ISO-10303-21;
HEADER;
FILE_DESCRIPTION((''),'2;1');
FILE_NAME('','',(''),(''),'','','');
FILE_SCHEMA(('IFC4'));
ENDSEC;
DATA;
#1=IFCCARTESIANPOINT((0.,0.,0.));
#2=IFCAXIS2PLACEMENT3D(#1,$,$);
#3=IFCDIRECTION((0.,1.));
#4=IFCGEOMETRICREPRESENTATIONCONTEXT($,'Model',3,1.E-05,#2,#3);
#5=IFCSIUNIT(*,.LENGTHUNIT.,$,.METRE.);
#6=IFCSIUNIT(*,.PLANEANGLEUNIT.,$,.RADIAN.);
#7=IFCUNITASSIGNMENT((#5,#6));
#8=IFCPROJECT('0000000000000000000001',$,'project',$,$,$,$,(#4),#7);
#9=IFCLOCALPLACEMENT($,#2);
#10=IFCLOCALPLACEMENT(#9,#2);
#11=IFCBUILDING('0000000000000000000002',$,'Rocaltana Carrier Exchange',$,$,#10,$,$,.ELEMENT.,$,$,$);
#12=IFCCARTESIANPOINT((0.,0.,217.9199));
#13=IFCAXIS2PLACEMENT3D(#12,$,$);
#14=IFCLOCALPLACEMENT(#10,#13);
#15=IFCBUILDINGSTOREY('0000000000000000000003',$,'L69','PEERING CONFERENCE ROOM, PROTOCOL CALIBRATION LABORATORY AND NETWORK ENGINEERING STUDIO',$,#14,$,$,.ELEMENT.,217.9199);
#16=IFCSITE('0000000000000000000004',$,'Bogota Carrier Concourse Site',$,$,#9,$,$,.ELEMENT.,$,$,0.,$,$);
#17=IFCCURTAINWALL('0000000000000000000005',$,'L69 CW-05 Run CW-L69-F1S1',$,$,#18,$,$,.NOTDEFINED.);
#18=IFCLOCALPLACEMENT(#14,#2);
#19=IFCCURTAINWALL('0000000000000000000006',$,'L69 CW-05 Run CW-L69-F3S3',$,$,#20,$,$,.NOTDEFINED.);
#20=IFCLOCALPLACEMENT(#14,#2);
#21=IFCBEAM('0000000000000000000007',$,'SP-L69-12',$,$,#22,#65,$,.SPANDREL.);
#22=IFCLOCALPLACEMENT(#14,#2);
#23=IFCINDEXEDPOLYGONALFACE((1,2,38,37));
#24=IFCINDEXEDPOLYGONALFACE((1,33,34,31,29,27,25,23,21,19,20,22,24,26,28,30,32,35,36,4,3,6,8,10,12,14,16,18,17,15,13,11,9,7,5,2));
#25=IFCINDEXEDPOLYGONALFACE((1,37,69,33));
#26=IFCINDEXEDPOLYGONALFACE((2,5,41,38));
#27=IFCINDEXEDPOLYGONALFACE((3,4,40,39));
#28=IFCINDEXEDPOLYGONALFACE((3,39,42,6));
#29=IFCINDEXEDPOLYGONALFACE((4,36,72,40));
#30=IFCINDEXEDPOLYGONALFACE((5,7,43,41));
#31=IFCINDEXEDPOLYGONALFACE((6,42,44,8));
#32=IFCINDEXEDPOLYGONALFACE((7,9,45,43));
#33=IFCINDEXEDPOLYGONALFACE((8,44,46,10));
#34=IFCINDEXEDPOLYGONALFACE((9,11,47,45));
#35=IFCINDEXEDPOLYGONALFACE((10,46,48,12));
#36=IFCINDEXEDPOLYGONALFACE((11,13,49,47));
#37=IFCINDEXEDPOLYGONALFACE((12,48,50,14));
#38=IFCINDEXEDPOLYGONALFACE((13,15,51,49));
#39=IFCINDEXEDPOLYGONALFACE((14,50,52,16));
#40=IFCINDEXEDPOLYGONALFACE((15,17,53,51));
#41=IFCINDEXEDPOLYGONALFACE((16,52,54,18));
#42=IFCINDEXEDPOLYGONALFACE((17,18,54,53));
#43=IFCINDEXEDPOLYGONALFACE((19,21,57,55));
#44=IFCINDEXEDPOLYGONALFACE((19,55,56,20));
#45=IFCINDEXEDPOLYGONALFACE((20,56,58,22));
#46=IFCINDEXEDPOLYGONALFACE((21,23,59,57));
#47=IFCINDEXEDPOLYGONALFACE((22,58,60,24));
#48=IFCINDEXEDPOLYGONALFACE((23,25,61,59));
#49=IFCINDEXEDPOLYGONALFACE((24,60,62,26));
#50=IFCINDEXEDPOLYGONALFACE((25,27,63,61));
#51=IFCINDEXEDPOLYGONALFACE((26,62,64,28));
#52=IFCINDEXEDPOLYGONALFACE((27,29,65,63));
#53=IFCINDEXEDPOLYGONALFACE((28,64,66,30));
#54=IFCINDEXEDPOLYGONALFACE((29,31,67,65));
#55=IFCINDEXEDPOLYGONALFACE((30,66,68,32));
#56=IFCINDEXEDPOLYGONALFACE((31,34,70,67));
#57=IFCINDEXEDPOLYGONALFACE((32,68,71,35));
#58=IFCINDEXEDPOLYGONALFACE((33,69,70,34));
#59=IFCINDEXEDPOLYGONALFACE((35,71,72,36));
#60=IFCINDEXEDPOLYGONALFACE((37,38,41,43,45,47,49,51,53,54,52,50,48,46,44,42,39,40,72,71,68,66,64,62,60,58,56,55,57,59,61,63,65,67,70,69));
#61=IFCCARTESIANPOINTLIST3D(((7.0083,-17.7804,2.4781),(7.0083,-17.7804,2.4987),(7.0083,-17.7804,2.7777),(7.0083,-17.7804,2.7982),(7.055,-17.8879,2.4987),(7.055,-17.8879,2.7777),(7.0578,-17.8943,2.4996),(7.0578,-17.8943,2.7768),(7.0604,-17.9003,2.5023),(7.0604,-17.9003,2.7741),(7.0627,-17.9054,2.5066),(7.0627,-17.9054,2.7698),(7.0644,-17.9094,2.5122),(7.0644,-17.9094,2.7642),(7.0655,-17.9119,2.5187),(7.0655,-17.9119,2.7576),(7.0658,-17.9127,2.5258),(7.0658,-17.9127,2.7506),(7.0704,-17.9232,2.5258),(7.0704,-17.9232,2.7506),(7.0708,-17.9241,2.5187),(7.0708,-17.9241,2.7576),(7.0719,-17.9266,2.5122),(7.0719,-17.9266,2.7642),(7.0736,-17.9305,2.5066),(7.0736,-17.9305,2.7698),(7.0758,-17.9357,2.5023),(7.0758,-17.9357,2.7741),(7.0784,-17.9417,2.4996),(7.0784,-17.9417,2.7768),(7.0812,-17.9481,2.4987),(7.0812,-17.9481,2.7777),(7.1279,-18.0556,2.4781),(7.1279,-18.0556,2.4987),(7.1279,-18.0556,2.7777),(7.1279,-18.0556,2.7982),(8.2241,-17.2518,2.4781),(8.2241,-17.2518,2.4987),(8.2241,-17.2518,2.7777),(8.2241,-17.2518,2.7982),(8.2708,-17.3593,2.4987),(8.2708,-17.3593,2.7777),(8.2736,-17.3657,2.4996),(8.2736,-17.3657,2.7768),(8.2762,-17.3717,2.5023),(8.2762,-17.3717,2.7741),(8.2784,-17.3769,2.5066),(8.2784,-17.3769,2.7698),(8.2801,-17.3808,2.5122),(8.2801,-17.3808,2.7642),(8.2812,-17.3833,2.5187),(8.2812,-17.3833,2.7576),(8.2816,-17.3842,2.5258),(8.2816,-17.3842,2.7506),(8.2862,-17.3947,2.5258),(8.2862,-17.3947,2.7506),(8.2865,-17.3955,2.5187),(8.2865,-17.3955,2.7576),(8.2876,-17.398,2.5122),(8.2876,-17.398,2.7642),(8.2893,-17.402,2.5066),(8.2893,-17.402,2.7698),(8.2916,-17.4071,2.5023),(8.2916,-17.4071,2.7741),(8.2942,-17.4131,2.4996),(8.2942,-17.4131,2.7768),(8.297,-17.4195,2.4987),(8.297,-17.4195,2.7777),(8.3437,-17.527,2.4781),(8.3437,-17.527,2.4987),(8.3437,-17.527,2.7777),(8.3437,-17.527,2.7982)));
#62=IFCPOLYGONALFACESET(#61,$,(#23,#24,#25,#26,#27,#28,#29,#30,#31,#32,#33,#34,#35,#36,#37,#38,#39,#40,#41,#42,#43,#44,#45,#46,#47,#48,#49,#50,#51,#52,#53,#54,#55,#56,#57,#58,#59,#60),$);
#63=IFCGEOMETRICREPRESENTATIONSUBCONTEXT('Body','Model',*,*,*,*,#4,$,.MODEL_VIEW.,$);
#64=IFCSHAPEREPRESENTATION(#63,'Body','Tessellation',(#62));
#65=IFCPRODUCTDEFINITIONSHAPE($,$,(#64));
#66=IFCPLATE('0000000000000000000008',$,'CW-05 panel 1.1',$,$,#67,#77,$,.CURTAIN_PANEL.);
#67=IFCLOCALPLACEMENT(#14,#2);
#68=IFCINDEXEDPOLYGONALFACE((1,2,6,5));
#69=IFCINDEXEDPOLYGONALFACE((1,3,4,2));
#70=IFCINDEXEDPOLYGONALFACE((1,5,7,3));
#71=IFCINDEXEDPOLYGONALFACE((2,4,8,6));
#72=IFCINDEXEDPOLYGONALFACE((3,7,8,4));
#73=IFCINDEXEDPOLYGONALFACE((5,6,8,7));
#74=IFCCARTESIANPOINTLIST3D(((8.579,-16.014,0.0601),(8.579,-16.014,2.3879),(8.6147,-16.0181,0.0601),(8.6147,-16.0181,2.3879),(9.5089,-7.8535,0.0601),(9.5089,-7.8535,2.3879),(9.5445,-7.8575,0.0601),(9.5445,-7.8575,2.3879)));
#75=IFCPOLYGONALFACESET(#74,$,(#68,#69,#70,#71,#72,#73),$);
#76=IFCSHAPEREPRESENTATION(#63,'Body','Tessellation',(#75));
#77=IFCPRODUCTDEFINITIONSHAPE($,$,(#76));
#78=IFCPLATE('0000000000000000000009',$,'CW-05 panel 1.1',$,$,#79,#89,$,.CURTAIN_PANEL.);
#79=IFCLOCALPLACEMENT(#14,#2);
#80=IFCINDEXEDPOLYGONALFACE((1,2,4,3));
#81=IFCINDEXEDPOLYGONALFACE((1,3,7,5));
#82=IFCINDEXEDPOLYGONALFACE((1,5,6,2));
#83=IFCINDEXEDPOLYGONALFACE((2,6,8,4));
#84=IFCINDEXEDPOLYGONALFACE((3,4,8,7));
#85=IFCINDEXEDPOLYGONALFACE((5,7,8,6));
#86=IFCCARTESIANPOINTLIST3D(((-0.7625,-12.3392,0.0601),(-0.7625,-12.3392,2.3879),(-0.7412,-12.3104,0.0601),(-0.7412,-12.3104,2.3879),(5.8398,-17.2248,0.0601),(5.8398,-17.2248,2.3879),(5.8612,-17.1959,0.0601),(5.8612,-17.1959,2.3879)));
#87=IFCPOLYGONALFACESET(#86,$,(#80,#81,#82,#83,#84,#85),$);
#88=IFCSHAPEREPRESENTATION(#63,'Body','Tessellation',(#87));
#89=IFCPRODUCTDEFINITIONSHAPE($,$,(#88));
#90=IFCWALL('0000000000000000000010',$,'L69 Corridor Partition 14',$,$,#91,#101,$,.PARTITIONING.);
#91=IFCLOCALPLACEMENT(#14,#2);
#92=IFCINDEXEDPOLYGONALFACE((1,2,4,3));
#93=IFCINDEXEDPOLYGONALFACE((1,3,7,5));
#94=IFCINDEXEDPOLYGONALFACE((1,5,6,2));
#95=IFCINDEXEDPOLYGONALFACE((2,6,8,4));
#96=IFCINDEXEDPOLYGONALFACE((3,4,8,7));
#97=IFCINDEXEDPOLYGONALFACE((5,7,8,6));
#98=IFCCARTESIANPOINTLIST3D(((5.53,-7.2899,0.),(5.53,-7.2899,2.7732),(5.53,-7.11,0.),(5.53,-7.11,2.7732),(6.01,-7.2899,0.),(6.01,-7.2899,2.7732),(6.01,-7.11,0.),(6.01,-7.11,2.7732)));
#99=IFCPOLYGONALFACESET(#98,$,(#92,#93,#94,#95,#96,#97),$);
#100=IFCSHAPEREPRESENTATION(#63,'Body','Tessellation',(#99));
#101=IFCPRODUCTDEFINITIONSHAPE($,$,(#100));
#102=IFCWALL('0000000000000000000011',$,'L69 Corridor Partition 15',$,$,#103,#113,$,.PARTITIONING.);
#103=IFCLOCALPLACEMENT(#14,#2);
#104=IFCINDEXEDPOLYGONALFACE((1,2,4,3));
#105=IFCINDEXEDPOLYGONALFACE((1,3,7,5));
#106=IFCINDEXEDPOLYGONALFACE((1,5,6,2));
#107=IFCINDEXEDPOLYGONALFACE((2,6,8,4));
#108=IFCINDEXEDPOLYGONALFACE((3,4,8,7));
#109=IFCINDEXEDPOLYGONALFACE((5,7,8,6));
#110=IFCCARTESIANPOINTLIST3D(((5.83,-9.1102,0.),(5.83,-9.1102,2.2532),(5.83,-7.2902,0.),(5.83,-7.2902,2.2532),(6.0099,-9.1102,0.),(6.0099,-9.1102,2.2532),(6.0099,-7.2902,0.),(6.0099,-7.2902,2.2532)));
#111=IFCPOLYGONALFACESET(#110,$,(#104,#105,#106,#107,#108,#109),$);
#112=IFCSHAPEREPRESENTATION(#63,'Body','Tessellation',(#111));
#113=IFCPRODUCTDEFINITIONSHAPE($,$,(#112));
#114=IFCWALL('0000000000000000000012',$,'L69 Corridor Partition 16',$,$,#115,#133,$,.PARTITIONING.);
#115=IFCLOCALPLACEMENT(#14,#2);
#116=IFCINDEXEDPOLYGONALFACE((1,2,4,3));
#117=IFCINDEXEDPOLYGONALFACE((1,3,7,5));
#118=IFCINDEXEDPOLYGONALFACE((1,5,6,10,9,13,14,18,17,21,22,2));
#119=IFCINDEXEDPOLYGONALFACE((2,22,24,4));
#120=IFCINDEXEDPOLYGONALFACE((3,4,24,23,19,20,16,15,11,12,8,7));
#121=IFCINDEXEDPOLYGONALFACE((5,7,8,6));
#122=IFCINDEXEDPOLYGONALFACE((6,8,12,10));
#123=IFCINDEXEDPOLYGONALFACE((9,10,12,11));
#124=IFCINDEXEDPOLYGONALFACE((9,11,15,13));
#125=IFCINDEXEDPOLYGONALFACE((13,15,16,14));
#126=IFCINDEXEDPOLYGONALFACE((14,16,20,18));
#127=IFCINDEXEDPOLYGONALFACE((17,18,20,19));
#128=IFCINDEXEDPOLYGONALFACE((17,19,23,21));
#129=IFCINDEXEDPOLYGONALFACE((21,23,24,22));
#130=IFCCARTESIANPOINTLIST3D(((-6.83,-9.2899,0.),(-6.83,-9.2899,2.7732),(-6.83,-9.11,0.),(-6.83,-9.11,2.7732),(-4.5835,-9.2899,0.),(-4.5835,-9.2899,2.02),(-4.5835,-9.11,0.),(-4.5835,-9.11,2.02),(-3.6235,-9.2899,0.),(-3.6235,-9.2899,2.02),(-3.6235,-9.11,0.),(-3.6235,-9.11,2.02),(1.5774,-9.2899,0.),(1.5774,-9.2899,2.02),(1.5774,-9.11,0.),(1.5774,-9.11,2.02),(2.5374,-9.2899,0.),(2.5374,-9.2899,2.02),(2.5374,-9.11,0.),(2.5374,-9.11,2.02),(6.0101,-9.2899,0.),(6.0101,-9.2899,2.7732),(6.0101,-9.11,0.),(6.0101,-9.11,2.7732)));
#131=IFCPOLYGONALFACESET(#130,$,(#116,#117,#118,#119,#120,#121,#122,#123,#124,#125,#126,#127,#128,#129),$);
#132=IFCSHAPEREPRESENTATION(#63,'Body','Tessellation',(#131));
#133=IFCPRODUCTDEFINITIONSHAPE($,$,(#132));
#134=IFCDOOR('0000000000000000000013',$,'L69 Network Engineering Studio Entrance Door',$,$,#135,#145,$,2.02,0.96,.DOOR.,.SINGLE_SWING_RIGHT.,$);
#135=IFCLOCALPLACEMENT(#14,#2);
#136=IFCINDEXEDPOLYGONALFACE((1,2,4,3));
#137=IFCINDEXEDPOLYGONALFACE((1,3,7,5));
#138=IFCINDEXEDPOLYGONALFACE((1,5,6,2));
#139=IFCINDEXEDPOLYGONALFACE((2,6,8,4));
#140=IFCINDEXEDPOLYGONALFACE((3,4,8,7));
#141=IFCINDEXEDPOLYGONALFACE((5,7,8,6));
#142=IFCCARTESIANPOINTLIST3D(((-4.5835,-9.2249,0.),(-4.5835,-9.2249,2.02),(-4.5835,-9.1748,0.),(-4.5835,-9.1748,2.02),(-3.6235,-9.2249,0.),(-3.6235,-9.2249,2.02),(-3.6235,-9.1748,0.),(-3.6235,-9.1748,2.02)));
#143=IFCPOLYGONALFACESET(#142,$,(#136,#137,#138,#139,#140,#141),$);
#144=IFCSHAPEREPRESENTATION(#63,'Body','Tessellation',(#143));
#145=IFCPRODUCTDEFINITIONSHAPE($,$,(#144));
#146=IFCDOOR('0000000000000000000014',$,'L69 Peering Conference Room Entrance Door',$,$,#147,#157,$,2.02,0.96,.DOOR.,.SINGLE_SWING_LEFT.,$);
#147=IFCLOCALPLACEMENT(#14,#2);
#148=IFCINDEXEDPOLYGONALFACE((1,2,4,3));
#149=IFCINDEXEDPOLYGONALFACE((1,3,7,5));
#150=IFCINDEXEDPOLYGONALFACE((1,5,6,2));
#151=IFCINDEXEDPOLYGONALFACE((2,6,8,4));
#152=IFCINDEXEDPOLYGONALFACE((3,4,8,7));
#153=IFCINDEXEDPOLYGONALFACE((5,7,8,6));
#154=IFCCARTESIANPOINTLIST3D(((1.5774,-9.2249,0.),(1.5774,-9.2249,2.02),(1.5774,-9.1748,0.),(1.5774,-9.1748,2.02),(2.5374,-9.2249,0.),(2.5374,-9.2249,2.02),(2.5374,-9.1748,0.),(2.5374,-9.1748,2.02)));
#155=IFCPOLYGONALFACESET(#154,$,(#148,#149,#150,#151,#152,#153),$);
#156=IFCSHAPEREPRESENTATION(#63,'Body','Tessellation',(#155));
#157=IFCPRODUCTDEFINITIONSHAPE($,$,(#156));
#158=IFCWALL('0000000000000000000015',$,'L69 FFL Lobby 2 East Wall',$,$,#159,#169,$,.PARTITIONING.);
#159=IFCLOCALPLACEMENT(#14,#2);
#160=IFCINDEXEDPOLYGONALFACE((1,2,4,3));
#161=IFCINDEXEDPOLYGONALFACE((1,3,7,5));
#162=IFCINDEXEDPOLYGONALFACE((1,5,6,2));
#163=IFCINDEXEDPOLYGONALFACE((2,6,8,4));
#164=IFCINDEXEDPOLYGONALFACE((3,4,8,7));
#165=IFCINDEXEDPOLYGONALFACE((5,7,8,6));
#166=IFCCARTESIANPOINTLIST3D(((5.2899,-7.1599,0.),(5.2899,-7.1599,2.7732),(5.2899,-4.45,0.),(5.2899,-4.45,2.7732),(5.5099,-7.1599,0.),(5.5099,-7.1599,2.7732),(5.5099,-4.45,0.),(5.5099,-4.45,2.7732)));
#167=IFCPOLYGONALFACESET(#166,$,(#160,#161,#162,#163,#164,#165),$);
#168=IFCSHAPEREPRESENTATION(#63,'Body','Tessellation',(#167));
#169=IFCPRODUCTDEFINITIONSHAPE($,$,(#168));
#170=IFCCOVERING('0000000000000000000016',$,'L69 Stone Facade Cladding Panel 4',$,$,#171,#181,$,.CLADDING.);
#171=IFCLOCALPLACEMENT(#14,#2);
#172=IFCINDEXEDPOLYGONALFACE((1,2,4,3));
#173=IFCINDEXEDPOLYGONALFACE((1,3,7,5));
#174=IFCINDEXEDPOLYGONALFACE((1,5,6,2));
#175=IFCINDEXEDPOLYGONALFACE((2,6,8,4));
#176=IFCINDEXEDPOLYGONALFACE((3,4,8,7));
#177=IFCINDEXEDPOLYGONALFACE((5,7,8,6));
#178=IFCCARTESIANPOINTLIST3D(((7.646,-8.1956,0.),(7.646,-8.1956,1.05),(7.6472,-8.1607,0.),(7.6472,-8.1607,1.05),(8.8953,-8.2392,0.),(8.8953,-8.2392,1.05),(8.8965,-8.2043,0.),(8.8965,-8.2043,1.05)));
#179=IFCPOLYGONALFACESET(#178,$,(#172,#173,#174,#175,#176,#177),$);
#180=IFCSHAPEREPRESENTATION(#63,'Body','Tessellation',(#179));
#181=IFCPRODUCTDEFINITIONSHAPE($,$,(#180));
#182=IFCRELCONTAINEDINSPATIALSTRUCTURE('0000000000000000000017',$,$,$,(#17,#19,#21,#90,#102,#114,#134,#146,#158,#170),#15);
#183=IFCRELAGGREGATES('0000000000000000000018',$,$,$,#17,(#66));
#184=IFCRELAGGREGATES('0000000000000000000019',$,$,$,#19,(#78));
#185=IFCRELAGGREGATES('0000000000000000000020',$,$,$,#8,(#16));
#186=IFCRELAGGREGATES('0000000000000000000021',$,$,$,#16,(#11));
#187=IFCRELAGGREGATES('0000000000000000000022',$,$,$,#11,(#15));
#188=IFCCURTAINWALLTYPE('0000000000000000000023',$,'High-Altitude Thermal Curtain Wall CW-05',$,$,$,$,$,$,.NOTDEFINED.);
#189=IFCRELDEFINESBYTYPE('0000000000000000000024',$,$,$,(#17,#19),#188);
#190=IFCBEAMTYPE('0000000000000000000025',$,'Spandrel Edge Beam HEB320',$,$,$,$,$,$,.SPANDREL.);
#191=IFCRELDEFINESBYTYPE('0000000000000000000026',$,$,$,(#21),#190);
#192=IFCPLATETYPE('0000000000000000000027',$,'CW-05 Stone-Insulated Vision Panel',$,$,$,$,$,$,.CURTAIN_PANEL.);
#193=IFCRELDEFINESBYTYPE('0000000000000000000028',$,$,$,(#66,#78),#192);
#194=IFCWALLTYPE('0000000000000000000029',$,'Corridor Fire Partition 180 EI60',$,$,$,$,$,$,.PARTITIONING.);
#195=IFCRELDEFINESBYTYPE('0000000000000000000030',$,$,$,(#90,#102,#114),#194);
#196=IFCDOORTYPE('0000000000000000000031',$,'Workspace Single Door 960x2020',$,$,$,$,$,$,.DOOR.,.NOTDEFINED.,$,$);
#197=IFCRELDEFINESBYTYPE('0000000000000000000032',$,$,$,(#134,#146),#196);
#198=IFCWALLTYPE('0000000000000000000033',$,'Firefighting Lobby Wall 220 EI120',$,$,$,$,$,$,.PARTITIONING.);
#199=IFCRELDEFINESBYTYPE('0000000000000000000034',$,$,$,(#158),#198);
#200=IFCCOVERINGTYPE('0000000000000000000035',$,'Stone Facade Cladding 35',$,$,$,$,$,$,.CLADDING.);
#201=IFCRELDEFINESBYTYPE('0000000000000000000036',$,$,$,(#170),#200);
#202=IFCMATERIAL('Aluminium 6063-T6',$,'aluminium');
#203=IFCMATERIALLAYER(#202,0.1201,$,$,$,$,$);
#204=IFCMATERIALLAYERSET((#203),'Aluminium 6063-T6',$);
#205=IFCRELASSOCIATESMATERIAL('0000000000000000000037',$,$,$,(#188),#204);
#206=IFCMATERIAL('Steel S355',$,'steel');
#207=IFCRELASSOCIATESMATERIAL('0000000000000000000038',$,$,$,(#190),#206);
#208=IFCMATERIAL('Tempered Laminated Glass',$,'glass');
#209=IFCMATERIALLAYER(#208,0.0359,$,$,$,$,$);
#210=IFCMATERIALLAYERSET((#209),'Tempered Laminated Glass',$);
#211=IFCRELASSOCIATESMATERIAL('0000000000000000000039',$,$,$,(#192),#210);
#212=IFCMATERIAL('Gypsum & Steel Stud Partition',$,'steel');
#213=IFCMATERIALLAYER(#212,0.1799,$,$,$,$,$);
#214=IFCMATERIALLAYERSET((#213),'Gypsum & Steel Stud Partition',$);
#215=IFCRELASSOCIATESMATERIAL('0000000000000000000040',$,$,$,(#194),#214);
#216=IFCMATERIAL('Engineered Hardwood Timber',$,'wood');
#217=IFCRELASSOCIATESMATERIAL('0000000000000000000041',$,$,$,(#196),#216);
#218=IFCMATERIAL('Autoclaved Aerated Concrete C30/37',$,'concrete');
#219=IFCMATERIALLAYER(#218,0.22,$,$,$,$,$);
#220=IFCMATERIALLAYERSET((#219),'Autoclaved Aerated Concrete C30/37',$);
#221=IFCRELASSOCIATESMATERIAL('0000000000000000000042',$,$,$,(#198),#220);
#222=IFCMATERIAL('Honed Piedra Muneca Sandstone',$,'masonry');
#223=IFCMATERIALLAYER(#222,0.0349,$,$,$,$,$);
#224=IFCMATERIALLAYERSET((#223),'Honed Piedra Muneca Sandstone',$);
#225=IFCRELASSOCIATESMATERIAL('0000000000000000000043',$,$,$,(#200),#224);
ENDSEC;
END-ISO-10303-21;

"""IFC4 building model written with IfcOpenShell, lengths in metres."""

from ifc_helpers import new_model, si_unit, direction, frame, frame_2d, origin, origin_2d, place, context, subcontext, project, spatial, rectangle, i_section, extrude, material, layer, layer_set, material_profile, profile_set, type_object, element, fill, aggregate, save


model = new_model("IFC4")

# Units and contexts
model_context = context("Model", 3, precision=1e-05, world=origin(), true_north=direction((0.0, 1.0)))
body_context = subcontext(model_context, "Body", "Model", "MODEL_VIEW")
ifc_project = project(units=[si_unit("LENGTHUNIT", "METRE"), si_unit("PLANEANGLEUNIT", "RADIAN")], contexts=[model_context])

# Site, building, storey
site_placement = place(None, origin())
site = spatial("IfcSite", under=ifc_project, at=site_placement, Name="Bogota Carrier Concourse Site", CompositionType="ELEMENT", RefElevation=0.0)
building_placement = place(site_placement, origin())
building = spatial("IfcBuilding", under=site, at=building_placement, Name="Rocaltana Carrier Exchange", CompositionType="ELEMENT")
storey_placement = place(building_placement, frame((0.0, 0.0, 217.9199)))
storey = spatial("IfcBuildingStorey", under=building, at=storey_placement, Name="L69", Description="PEERING CONFERENCE ROOM, PROTOCOL CALIBRATION LABORATORY AND NETWORK ENGINEERING STUDIO", CompositionType="ELEMENT", Elevation=217.9199)

# Curtain wall
ifc_material_1 = material(Name="Aluminium 6063-T6", Category="aluminium")
ifc_layer_1 = layer(ifc_material_1, 0.1201)
ifc_layer_set_1 = layer_set([ifc_layer_1], Name="Aluminium 6063-T6")
curtain_wall_type = type_object("IfcCurtainWallType", Name="High-Altitude Thermal Curtain Wall CW-05", PredefinedType="NOTDEFINED", material=ifc_layer_set_1)
curtain_wall_1_placement = place(storey_placement, origin())
curtain_wall_1 = element("IfcCurtainWall", 1, at=curtain_wall_1_placement, inside=storey, type_object=curtain_wall_type, Name="L69 CW-05 Run CW-L69-F1S1", PredefinedType="NOTDEFINED")

# Curtain wall
curtain_wall_2_placement = place(storey_placement, origin())
curtain_wall_2 = element("IfcCurtainWall", 2, at=curtain_wall_2_placement, inside=storey, type_object=curtain_wall_type, Name="L69 CW-05 Run CW-L69-F3S3", PredefinedType="NOTDEFINED")

# Beam
ifc_material_2 = material(Name="Steel S355", Category="steel")
ifc_material_profile_1 = material_profile(ifc_material_2, i_section(OverallWidth=0.3, OverallDepth=0.3201, WebThickness=0.0115, FlangeThickness=0.0205, FilletRadius=0.0271, at=origin_2d()), Name="HEB320")
ifc_profile_set_1 = profile_set([ifc_material_profile_1], Name="Steel S355")
beam_type_1 = type_object("IfcBeamType", Name="Spandrel Edge Beam HEB320", PredefinedType="SPANDREL", material=ifc_profile_set_1)
beam_1_placement = place(storey_placement, frame((7.0681, -17.918, 2.6382), z_axis=(0.917085, 0.398692, 0.0), x_axis=(-0.398692, 0.917085, 0.0)))
element("IfcBeam", 3, at=beam_1_placement, inside=storey, type_object=beam_type_1, Name="SP-L69-12", PredefinedType="SPANDREL", context=body_context, shape_type="SweptSolid", body=[
    extrude(i_section(OverallWidth=0.3, OverallDepth=0.3201, WebThickness=0.0115, FlangeThickness=0.0205, FilletRadius=0.0271, at=origin_2d()), origin(), (0.0, 0.0, 1.0), 1.3257),
])

# Plates
ifc_material_3 = material(Name="Tempered Laminated Glass", Category="glass")
ifc_layer_2 = layer(ifc_material_3, 0.0359)
ifc_layer_set_2 = layer_set([ifc_layer_2], Name="Tempered Laminated Glass")
plate_type = type_object("IfcPlateType", Name="CW-05 Stone-Insulated Vision Panel", PredefinedType="CURTAIN_PANEL", material=ifc_layer_set_2)
plate_1_placement = place(storey_placement, frame((9.0618, -11.9358, 0.0601), z_axis=(0.0, 0.0, 1.0), x_axis=(0.113209, 0.993571, 0.0)))
plate_1 = element("IfcPlate", 4, at=plate_1_placement, type_object=plate_type, Name="CW-05 panel 1.1", PredefinedType="CURTAIN_PANEL", context=body_context, shape_type="SweptSolid", body=[
    extrude(rectangle(XDim=8.2134, YDim=0.0359, at=origin_2d()), origin(), (0.0, 0.0, 1.0), 2.3279),
])
aggregate(curtain_wall_1, [plate_1])
plate_2_placement = place(storey_placement, frame((2.5493, -14.7676, 0.0601), z_axis=(0.0, 0.0, 1.0), x_axis=(0.803854, -0.594827, 0.0)))
plate_2 = element("IfcPlate", 5, at=plate_2_placement, type_object=plate_type, Name="CW-05 panel 1.1", PredefinedType="CURTAIN_PANEL", context=body_context, shape_type="SweptSolid", body=[
    extrude(rectangle(XDim=8.2134, YDim=0.0359, at=origin_2d()), origin(), (0.0, 0.0, 1.0), 2.3279),
])
aggregate(curtain_wall_2, [plate_2])

# Walls
ifc_material_4 = material(Name="Gypsum & Steel Stud Partition", Category="steel")
ifc_layer_3 = layer(ifc_material_4, 0.1799)
ifc_layer_set_3 = layer_set([ifc_layer_3], Name="Gypsum & Steel Stud Partition")
wall_type_1 = type_object("IfcWallType", Name="Corridor Fire Partition 180 EI60", PredefinedType="PARTITIONING", material=ifc_layer_set_3)
wall_1_placement = place(storey_placement, frame((5.53, -7.2, 0.0), z_axis=(0.0, 0.0, 1.0), x_axis=(1.0, 0.0, 0.0)))
element("IfcWall", 6, at=wall_1_placement, inside=storey, type_object=wall_type_1, Name="L69 Corridor Partition 14", PredefinedType="PARTITIONING", context=body_context, shape_type="SweptSolid", body=[
    extrude(rectangle(XDim=0.48, YDim=0.1799, at=frame_2d((0.24, 0.0))), origin(), (0.0, 0.0, 1.0), 2.7732),
])
wall_2_placement = place(storey_placement, frame((5.9199, -7.29, 0.0), z_axis=(0.0, 0.0, 1.0), x_axis=(0.0, -1.0, 0.0)))
element("IfcWall", 7, at=wall_2_placement, inside=storey, type_object=wall_type_1, Name="L69 Corridor Partition 15", PredefinedType="PARTITIONING", context=body_context, shape_type="SweptSolid", body=[
    extrude(rectangle(XDim=1.8201, YDim=0.1799, at=frame_2d((0.9102, 0.0))), origin(), (0.0, 0.0, 1.0), 2.2532),
])

# Wall, openings, doors
wall_3_placement = place(storey_placement, frame((6.01, -9.2, 0.0), z_axis=(0.0, 0.0, 1.0), x_axis=(-1.0, 0.0, 0.0)))
wall_3 = element("IfcWall", 8, at=wall_3_placement, inside=storey, type_object=wall_type_1, Name="L69 Corridor Partition 16", PredefinedType="PARTITIONING", context=body_context, shape_type="SweptSolid", body=[
    extrude(rectangle(XDim=12.8401, YDim=0.1799, at=frame_2d((6.4199, 0.0))), origin(), (0.0, 0.0, 1.0), 2.7732),
])
opening_1_placement = place(wall_3_placement, frame((9.6335, 0.0, 0.0)))
opening_1 = element("IfcOpeningElement", 9, at=opening_1_placement, cuts=wall_3, PredefinedType="OPENING", context=body_context, shape_type="SweptSolid", body=[
    extrude(rectangle(XDim=0.96, YDim=2.02, at=frame_2d((0.48, 1.01))), frame((0.0, 0.0999, 0.0), z_axis=(0.0, -1.0, 0.0), x_axis=(1.0, 0.0, 0.0)), (0.0, 0.0, 1.0), 0.2),
])
opening_2_placement = place(wall_3_placement, frame((3.4727, 0.0, 0.0)))
opening_2 = element("IfcOpeningElement", 10, at=opening_2_placement, cuts=wall_3, PredefinedType="OPENING", context=body_context, shape_type="SweptSolid", body=[
    extrude(rectangle(XDim=0.96, YDim=2.02, at=frame_2d((0.48, 1.01))), frame((0.0, 0.0999, 0.0), z_axis=(0.0, -1.0, 0.0), x_axis=(1.0, 0.0, 0.0)), (0.0, 0.0, 1.0), 0.2),
])
ifc_material_5 = material(Name="Engineered Hardwood Timber", Category="wood")
door_type = type_object("IfcDoorType", Name="Workspace Single Door 960x2020", OperationType="NOTDEFINED", PredefinedType="DOOR", material=ifc_material_5)
door_1_placement = place(opening_1_placement, origin())
door_1 = element("IfcDoor", 11, at=door_1_placement, inside=storey, type_object=door_type, Name="L69 Network Engineering Studio Entrance Door", OperationType="SINGLE_SWING_RIGHT", OverallHeight=2.02, OverallWidth=0.96, PredefinedType="DOOR", context=body_context, shape_type="SweptSolid", body=[
    extrude(rectangle(XDim=0.96, YDim=2.02, at=frame_2d((0.48, 1.01))), frame((0.0, 0.0249, 0.0), z_axis=(0.0, -1.0, 0.0), x_axis=(1.0, 0.0, 0.0)), (0.0, 0.0, 1.0), 0.05),
])
fill(opening_1, door_1)
door_2_placement = place(opening_2_placement, origin())
door_2 = element("IfcDoor", 12, at=door_2_placement, inside=storey, type_object=door_type, Name="L69 Peering Conference Room Entrance Door", OperationType="SINGLE_SWING_LEFT", OverallHeight=2.02, OverallWidth=0.96, PredefinedType="DOOR", context=body_context, shape_type="SweptSolid", body=[
    extrude(rectangle(XDim=0.96, YDim=2.02, at=frame_2d((0.48, 1.01))), frame((0.0, 0.0249, 0.0), z_axis=(0.0, -1.0, 0.0), x_axis=(1.0, 0.0, 0.0)), (0.0, 0.0, 1.0), 0.05),
])
fill(opening_2, door_2)

# Wall
ifc_material_6 = material(Name="Autoclaved Aerated Concrete C30/37", Category="concrete")
ifc_layer_4 = layer(ifc_material_6, 0.22)
ifc_layer_set_4 = layer_set([ifc_layer_4], Name="Autoclaved Aerated Concrete C30/37")
wall_type_2 = type_object("IfcWallType", Name="Firefighting Lobby Wall 220 EI120", PredefinedType="PARTITIONING", material=ifc_layer_set_4)
wall_4_placement = place(storey_placement, frame((5.3999, -7.1599, 0.0), z_axis=(0.0, 0.0, 1.0), x_axis=(0.0, 1.0, 0.0)))
element("IfcWall", 13, at=wall_4_placement, inside=storey, type_object=wall_type_2, Name="L69 FFL Lobby 2 East Wall", PredefinedType="PARTITIONING", context=body_context, shape_type="SweptSolid", body=[
    extrude(rectangle(XDim=2.71, YDim=0.22, at=frame_2d((1.355, 0.0))), origin(), (0.0, 0.0, 1.0), 2.7732),
])

# Covering
ifc_material_7 = material(Name="Honed Piedra Muneca Sandstone", Category="masonry")
ifc_layer_5 = layer(ifc_material_7, 0.0349)
ifc_layer_set_5 = layer_set([ifc_layer_5], Name="Honed Piedra Muneca Sandstone")
covering_type = type_object("IfcCoveringType", Name="Stone Facade Cladding 35", PredefinedType="CLADDING", material=ifc_layer_set_5)
covering_placement = place(storey_placement, frame((8.2712, -8.2, 0.0), z_axis=(0.0, 0.0, 1.0), x_axis=(-0.999391, 0.034899, 0.0)))
element("IfcCovering", 14, at=covering_placement, inside=storey, type_object=covering_type, Name="L69 Stone Facade Cladding Panel 4", PredefinedType="CLADDING", context=body_context, shape_type="SweptSolid", body=[
    extrude(rectangle(XDim=1.25, YDim=0.0349, at=origin_2d()), origin(), (0.0, 0.0, 1.0), 1.05),
])

save(model, "model.ifc")
